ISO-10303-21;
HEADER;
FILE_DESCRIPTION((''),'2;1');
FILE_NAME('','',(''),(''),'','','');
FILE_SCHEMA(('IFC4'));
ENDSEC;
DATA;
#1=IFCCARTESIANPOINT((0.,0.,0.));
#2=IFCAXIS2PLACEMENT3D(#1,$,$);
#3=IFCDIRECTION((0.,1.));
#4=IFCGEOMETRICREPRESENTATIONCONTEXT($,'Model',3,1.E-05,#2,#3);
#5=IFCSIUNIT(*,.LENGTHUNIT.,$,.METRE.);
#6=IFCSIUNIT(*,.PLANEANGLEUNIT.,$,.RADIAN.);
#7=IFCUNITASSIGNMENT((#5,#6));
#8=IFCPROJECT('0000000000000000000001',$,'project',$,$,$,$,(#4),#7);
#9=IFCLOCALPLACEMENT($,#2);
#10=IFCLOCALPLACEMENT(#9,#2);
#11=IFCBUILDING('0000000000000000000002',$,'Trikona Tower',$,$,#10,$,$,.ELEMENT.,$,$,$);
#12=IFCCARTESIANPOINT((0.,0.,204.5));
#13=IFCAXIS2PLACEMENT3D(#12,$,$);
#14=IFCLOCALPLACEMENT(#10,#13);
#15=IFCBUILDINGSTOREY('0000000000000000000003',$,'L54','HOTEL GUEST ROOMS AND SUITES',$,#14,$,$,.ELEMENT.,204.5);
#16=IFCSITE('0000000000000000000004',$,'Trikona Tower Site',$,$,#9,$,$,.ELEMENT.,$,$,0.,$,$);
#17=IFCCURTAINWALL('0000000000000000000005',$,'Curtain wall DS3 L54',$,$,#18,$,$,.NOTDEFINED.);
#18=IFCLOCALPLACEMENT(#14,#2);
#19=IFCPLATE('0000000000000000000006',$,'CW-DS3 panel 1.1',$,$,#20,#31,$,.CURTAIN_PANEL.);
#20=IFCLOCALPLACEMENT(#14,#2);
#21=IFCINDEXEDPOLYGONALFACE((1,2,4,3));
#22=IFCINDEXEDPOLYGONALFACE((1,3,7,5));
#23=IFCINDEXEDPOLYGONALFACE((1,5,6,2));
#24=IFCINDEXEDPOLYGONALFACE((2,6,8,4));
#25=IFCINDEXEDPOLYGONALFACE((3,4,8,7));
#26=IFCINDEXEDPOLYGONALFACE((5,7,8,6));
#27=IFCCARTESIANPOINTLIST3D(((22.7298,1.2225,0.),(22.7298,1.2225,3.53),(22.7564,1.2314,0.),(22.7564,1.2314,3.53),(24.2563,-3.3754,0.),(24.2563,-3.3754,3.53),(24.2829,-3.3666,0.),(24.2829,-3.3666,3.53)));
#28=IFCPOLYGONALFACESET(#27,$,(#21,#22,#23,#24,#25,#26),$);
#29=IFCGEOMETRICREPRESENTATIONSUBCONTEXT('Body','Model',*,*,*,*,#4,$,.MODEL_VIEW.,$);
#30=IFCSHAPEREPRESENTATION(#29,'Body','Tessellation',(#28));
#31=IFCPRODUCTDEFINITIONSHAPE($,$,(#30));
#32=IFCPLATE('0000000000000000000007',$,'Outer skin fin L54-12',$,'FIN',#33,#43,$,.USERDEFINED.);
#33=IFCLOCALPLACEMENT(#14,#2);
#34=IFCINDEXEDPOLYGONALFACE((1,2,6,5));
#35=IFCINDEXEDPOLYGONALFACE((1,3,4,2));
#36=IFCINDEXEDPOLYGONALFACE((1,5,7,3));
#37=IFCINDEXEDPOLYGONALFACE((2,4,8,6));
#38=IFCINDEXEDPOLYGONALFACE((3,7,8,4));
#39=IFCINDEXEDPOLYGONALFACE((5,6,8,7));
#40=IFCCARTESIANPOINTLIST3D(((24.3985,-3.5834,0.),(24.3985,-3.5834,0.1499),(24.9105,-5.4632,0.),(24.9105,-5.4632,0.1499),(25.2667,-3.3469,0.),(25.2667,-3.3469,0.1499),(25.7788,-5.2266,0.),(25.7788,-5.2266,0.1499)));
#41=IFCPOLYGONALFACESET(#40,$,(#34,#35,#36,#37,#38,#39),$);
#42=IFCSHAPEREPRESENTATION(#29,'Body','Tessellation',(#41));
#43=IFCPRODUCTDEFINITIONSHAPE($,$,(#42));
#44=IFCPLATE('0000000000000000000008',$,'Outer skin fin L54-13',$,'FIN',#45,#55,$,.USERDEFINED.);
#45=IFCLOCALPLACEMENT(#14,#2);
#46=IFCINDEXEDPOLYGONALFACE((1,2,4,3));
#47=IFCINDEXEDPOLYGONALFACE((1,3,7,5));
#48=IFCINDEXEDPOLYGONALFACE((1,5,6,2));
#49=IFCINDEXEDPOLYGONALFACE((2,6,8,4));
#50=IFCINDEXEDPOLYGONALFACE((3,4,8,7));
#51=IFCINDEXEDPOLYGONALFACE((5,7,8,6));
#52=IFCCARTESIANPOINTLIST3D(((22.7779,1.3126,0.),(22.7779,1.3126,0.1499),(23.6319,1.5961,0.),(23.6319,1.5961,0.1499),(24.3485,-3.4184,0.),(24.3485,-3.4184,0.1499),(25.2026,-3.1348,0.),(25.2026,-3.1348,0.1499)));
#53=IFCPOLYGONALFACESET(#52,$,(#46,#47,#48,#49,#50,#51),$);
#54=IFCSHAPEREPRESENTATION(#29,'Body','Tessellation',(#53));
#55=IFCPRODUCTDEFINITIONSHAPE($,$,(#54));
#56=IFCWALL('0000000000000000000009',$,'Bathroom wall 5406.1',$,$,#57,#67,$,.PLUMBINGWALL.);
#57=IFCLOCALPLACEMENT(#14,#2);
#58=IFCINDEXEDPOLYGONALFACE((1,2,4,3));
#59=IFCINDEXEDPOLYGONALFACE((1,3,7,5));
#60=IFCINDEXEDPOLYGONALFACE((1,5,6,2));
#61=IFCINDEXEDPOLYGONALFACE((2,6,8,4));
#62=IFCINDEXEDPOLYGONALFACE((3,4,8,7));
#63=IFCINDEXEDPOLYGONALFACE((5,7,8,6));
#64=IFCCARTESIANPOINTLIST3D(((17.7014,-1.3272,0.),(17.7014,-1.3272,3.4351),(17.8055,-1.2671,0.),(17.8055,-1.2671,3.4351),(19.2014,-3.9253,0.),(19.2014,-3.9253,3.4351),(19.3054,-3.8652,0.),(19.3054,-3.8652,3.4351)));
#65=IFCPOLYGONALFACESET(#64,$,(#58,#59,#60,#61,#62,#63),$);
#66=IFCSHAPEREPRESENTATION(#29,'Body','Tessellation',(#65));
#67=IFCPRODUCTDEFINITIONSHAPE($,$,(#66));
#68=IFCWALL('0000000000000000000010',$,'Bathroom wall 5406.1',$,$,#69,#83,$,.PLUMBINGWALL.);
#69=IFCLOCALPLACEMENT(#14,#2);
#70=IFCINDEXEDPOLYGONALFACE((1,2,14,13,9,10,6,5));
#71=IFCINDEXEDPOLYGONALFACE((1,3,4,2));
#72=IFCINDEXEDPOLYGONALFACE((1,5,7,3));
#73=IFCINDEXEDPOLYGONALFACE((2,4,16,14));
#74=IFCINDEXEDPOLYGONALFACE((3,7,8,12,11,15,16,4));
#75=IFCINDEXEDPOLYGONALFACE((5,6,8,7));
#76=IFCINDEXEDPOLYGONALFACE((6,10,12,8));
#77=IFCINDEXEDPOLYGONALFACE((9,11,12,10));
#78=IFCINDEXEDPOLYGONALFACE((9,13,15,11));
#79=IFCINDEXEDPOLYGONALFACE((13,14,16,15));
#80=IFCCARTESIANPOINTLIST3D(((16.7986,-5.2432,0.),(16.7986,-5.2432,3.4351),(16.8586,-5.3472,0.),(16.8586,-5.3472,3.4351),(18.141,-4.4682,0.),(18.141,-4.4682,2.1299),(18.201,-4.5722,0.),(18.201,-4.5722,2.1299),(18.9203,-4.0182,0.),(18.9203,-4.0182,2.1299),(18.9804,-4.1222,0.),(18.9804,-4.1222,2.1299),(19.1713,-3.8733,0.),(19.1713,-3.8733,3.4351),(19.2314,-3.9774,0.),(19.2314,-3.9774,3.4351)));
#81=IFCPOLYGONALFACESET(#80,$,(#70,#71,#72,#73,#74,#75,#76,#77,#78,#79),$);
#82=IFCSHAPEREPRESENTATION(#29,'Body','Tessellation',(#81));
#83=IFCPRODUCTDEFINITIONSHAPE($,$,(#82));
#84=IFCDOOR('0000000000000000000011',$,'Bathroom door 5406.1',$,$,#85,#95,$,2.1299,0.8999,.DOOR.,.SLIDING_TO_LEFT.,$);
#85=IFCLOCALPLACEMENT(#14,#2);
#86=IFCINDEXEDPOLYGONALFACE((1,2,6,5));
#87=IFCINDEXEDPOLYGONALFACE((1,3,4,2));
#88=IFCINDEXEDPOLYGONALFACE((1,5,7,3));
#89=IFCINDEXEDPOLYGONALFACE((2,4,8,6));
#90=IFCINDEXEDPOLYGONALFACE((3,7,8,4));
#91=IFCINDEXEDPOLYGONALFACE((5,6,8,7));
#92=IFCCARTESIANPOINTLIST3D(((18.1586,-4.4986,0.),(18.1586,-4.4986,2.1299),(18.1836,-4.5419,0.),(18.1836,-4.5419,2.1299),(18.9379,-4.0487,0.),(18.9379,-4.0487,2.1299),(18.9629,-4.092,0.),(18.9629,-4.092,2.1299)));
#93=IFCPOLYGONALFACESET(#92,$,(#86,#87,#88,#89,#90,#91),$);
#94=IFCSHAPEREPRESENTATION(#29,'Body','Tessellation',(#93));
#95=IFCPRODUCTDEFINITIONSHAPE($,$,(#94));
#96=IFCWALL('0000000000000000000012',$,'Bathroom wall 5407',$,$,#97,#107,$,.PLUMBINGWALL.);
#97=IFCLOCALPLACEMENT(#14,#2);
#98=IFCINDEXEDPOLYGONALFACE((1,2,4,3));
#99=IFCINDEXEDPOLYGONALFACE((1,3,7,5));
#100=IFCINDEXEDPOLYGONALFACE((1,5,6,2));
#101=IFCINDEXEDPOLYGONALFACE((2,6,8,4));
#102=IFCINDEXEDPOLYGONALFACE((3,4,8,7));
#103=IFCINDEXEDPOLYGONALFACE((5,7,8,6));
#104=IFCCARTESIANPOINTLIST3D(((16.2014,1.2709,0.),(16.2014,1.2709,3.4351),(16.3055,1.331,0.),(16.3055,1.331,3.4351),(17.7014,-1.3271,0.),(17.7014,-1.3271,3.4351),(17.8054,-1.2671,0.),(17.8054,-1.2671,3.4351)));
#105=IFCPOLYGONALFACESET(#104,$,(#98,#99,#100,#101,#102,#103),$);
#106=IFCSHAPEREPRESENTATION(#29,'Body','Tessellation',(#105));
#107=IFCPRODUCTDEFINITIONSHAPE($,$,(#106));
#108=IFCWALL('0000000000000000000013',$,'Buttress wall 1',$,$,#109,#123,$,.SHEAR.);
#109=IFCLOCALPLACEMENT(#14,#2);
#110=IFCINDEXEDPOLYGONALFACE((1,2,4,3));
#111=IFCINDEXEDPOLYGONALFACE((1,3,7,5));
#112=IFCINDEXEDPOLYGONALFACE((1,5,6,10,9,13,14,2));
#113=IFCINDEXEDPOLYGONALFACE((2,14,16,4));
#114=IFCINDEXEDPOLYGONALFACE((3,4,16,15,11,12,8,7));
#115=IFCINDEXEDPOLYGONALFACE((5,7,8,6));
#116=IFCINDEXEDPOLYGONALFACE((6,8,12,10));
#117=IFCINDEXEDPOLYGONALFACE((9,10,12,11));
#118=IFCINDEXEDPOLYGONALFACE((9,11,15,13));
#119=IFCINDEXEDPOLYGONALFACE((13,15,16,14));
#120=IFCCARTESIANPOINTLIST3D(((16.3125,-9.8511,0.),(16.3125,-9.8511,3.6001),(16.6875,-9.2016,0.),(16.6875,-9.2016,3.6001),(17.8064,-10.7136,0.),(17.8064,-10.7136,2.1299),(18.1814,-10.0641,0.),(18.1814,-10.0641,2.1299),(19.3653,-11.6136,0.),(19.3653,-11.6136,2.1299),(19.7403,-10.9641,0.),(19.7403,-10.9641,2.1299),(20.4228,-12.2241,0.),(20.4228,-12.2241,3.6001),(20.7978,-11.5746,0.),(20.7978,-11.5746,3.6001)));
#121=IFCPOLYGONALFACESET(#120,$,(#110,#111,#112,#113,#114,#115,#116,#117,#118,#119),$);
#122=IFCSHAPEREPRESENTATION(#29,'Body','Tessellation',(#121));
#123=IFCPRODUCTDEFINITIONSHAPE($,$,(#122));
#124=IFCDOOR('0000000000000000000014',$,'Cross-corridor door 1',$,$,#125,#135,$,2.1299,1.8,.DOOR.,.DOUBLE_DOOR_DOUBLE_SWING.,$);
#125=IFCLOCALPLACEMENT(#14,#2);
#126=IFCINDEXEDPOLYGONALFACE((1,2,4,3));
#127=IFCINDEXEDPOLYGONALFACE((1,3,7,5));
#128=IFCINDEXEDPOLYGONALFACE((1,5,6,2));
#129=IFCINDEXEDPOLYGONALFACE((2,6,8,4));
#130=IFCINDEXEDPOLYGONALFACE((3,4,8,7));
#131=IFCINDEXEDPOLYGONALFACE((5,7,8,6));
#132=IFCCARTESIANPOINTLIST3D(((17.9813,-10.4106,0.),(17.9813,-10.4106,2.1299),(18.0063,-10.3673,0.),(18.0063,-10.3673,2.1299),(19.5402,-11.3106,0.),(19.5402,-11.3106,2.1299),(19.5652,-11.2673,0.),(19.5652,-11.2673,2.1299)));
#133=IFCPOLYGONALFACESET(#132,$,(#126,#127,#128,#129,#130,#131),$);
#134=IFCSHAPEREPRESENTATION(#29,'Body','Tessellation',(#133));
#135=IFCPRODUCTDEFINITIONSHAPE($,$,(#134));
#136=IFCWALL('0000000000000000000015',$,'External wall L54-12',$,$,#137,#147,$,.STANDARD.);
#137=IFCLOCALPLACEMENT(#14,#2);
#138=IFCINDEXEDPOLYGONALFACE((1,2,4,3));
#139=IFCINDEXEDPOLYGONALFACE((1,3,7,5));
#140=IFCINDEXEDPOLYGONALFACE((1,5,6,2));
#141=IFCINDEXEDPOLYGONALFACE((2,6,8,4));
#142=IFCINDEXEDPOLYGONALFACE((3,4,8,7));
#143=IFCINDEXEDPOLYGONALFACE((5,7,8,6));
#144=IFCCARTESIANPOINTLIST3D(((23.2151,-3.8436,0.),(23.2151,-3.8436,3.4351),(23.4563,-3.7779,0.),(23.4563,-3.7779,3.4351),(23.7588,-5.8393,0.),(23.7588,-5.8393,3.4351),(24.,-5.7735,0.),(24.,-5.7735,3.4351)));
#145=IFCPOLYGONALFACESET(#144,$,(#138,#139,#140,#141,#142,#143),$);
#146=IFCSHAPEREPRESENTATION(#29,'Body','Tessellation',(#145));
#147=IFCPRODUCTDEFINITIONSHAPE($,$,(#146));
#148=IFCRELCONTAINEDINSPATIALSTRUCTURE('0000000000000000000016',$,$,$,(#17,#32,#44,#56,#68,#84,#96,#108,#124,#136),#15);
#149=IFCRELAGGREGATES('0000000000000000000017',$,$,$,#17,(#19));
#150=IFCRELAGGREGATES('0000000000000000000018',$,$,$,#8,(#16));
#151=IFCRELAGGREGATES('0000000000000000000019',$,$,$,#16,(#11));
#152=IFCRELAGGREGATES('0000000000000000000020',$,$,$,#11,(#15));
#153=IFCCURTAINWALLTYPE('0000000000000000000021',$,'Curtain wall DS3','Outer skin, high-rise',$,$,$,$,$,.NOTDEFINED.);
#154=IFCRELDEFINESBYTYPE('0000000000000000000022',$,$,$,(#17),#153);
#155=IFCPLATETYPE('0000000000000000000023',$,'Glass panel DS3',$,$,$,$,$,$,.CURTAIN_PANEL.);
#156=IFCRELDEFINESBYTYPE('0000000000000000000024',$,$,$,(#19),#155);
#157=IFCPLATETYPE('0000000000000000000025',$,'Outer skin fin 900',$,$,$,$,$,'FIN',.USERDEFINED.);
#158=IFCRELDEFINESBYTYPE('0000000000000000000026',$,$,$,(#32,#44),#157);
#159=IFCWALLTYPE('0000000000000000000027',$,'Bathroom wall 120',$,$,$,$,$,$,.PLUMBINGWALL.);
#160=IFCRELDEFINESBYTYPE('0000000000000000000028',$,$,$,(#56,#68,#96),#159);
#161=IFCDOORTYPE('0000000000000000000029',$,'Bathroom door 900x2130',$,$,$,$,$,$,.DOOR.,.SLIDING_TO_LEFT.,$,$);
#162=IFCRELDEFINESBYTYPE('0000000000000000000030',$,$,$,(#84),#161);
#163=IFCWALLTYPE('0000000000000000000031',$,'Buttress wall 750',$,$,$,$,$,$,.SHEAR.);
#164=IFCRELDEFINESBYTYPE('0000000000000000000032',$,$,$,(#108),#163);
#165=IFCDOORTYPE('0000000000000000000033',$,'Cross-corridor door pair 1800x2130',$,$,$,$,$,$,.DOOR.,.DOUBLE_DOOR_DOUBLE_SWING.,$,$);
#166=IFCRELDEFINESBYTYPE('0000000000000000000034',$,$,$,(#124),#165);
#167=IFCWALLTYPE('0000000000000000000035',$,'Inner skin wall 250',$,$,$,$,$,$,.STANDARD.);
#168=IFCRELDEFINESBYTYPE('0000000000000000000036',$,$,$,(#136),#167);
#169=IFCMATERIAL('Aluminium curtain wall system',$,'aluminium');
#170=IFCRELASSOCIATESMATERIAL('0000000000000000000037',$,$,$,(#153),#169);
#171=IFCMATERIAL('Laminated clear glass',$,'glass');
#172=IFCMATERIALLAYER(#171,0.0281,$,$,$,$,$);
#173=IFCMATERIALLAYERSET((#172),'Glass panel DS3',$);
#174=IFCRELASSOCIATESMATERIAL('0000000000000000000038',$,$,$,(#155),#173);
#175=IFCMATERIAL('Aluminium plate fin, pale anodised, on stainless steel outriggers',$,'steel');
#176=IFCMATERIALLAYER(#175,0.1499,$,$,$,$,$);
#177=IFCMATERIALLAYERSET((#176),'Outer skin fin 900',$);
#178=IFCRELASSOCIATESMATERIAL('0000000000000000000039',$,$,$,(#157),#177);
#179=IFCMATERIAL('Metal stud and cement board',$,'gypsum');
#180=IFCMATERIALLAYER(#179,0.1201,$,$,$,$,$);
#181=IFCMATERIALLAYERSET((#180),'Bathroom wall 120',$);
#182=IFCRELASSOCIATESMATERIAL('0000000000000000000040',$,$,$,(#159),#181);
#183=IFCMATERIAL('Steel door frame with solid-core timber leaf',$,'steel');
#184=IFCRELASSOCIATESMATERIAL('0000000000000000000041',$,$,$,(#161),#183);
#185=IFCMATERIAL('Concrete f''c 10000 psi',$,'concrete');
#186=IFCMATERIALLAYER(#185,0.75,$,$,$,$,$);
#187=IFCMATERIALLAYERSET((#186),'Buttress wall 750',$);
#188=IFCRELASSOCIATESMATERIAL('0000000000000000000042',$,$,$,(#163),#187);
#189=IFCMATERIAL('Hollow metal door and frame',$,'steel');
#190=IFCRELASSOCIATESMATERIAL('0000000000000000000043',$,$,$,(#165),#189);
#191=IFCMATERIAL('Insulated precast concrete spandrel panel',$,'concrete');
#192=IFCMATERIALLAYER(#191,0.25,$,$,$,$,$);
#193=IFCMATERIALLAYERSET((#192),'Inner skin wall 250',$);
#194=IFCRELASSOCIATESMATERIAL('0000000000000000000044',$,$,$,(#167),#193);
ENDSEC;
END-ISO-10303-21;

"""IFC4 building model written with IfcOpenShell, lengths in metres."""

from ifc_helpers import new_model, si_unit, direction, frame, frame_2d, origin, origin_2d, place, context, subcontext, project, spatial, rectangle, extrude, material, layer, layer_set, type_object, element, fill, aggregate, save


model = new_model("IFC4")

# Units and contexts
model_context = context("Model", 3, precision=1e-05, world=origin(), true_north=direction((0.0, 1.0)))
body_context = subcontext(model_context, "Body", "Model", "MODEL_VIEW")
ifc_project = project(units=[si_unit("LENGTHUNIT", "METRE"), si_unit("PLANEANGLEUNIT", "RADIAN")], contexts=[model_context])

# Site, building, storey
site_placement = place(None, origin())
site = spatial("IfcSite", under=ifc_project, at=site_placement, Name="Trikona Tower Site", CompositionType="ELEMENT", RefElevation=0.0)
building_placement = place(site_placement, origin())
building = spatial("IfcBuilding", under=site, at=building_placement, Name="Trikona Tower", CompositionType="ELEMENT")
storey_placement = place(building_placement, frame((0.0, 0.0, 204.5)))
storey = spatial("IfcBuildingStorey", under=building, at=storey_placement, Name="L54", Description="HOTEL GUEST ROOMS AND SUITES", CompositionType="ELEMENT", Elevation=204.5)

# Shared definitions
ifc_material_1 = material(Name="Aluminium curtain wall system", Category="aluminium")
curtain_wall_type = type_object("IfcCurtainWallType", Name="Curtain wall DS3", Description="Outer skin, high-rise", PredefinedType="NOTDEFINED", material=ifc_material_1)

# Curtain wall
curtain_wall_1_placement = place(storey_placement, origin())
curtain_wall_1 = element("IfcCurtainWall", 1, at=curtain_wall_1_placement, inside=storey, type_object=curtain_wall_type, Name="Curtain wall DS3 L54", PredefinedType="NOTDEFINED")

# Plate
ifc_material_2 = material(Name="Laminated clear glass", Category="glass")
ifc_layer_1 = layer(ifc_material_2, 0.0281)
ifc_layer_set_1 = layer_set([ifc_layer_1], Name="Glass panel DS3")
plate_type_1 = type_object("IfcPlateType", Name="Glass panel DS3", PredefinedType="CURTAIN_PANEL", material=ifc_layer_set_1)
plate_1_placement = place(storey_placement, frame((23.5063, -1.072, 0.0), z_axis=(0.0, 0.0, 1.0), x_axis=(-0.315078, 0.949066, 0.0)))
plate_1 = element("IfcPlate", 2, at=plate_1_placement, type_object=plate_type_1, Name="CW-DS3 panel 1.1", PredefinedType="CURTAIN_PANEL", context=body_context, shape_type="SweptSolid", body=[
    extrude(rectangle(XDim=4.8447, YDim=0.0281, at=origin_2d()), origin(), (0.0, 0.0, 1.0), 3.53),
])
aggregate(curtain_wall_1, [plate_1])

# Plates
ifc_material_3 = material(Name="Aluminium plate fin, pale anodised, on stainless steel outriggers", Category="steel")
ifc_layer_2 = layer(ifc_material_3, 0.1499)
ifc_layer_set_2 = layer_set([ifc_layer_2], Name="Outer skin fin 900")
plate_type_2 = type_object("IfcPlateType", Name="Outer skin fin 900", ElementType="FIN", PredefinedType="USERDEFINED", material=ifc_layer_set_2)
plate_2_placement = place(storey_placement, frame((25.0886, -4.405, 0.0), z_axis=(0.0, 0.0, 1.0), x_axis=(-0.262822, 0.964844, 0.0)))
element("IfcPlate", 3, at=plate_2_placement, inside=storey, type_object=plate_type_2, Name="Outer skin fin L54-12", ObjectType="FIN", PredefinedType="USERDEFINED", context=body_context, shape_type="SweptSolid", body=[
    extrude(rectangle(XDim=1.9482, YDim=0.8999, at=origin_2d()), origin(), (0.0, 0.0, 1.0), 0.1499),
])
plate_3_placement = place(storey_placement, frame((23.9902, -0.9111, 0.0), z_axis=(0.0, 0.0, 1.0), x_axis=(-0.315093, 0.949061, 0.0)))
element("IfcPlate", 4, at=plate_3_placement, inside=storey, type_object=plate_type_2, Name="Outer skin fin L54-13", ObjectType="FIN", PredefinedType="USERDEFINED", context=body_context, shape_type="SweptSolid", body=[
    extrude(rectangle(XDim=4.9849, YDim=0.8999, at=origin_2d()), origin(), (0.0, 0.0, 1.0), 0.1499),
])

# Wall
ifc_material_4 = material(Name="Metal stud and cement board", Category="gypsum")
ifc_layer_3 = layer(ifc_material_4, 0.1201)
ifc_layer_set_3 = layer_set([ifc_layer_3], Name="Bathroom wall 120")
wall_type_1 = type_object("IfcWallType", Name="Bathroom wall 120", PredefinedType="PLUMBINGWALL", material=ifc_layer_set_3)
wall_1_placement = place(storey_placement, frame((19.2534, -3.8953, 0.0), z_axis=(0.0, 0.0, 1.0), x_axis=(-0.49999, 0.866031, 0.0)))
element("IfcWall", 5, at=wall_1_placement, inside=storey, type_object=wall_type_1, Name="Bathroom wall 5406.1", PredefinedType="PLUMBINGWALL", context=body_context, shape_type="SweptSolid", body=[
    extrude(rectangle(XDim=3.0, YDim=0.1201, at=frame_2d((1.5, 0.0))), origin(), (0.0, 0.0, 1.0), 3.4351),
])

# Wall, opening, door
wall_2_placement = place(storey_placement, frame((16.8286, -5.2952, 0.0), z_axis=(0.0, 0.0, 1.0), x_axis=(0.866036, 0.499982, 0.0)))
wall_2 = element("IfcWall", 6, at=wall_2_placement, inside=storey, type_object=wall_type_1, Name="Bathroom wall 5406.1", PredefinedType="PLUMBINGWALL", context=body_context, shape_type="SweptSolid", body=[
    extrude(rectangle(XDim=2.7397, YDim=0.1201, at=frame_2d((1.3699, 0.0))), origin(), (0.0, 0.0, 1.0), 3.4351),
])
opening_1_placement = place(wall_2_placement, frame((1.55, 0.0, 0.0)))
opening_1 = element("IfcOpeningElement", 7, at=opening_1_placement, cuts=wall_2, PredefinedType="OPENING", context=body_context, shape_type="SweptSolid", body=[
    extrude(rectangle(XDim=0.8999, YDim=2.1299, at=frame_2d((0.45, 1.0649))), frame((0.0, 0.0701, 0.0), z_axis=(0.0, -1.0, 0.0), x_axis=(1.0, 0.0, 0.0)), (0.0, 0.0, 1.0), 0.1401),
])
ifc_material_5 = material(Name="Steel door frame with solid-core timber leaf", Category="steel")
door_type_1 = type_object("IfcDoorType", Name="Bathroom door 900x2130", OperationType="SLIDING_TO_LEFT", PredefinedType="DOOR", material=ifc_material_5)
door_1_placement = place(opening_1_placement, origin())
door_1 = element("IfcDoor", 8, at=door_1_placement, inside=storey, type_object=door_type_1, Name="Bathroom door 5406.1", OperationType="SLIDING_TO_LEFT", OverallHeight=2.1299, OverallWidth=0.8999, PredefinedType="DOOR", context=body_context, shape_type="SweptSolid", body=[
    extrude(rectangle(XDim=0.8999, YDim=2.1299, at=frame_2d((0.45, 1.0649))), frame((0.0, 0.0249, 0.0), z_axis=(0.0, -1.0, 0.0), x_axis=(1.0, 0.0, 0.0)), (0.0, 0.0, 1.0), 0.05),
])
fill(opening_1, door_1)

# Wall
wall_3_placement = place(storey_placement, frame((17.7534, -1.2971, 0.0), z_axis=(0.0, 0.0, 1.0), x_axis=(-0.49999, 0.866031, 0.0)))
element("IfcWall", 9, at=wall_3_placement, inside=storey, type_object=wall_type_1, Name="Bathroom wall 5407", PredefinedType="PLUMBINGWALL", context=body_context, shape_type="SweptSolid", body=[
    extrude(rectangle(XDim=3.0, YDim=0.1201, at=frame_2d((1.5, 0.0))), origin(), (0.0, 0.0, 1.0), 3.4351),
])

# Wall, opening, door
ifc_material_6 = material(Name="Concrete f'c 10000 psi", Category="concrete")
ifc_layer_4 = layer(ifc_material_6, 0.75)
ifc_layer_set_4 = layer_set([ifc_layer_4], Name="Buttress wall 750")
wall_type_2 = type_object("IfcWallType", Name="Buttress wall 750", PredefinedType="SHEAR", material=ifc_layer_set_4)
wall_4_placement = place(storey_placement, frame((16.5, -9.5264, 0.0), z_axis=(0.0, 0.0, 1.0), x_axis=(0.866031, -0.49999, 0.0)))
wall_4 = element("IfcWall", 10, at=wall_4_placement, inside=storey, type_object=wall_type_2, Name="Buttress wall 1", PredefinedType="SHEAR", context=body_context, shape_type="SweptSolid", body=[
    extrude(rectangle(XDim=4.7461, YDim=0.75, at=frame_2d((2.373, 0.0))), origin(), (0.0, 0.0, 1.0), 3.6001),
])
opening_2_placement = place(wall_4_placement, frame((1.7251, 0.0, 0.0)))
opening_2 = element("IfcOpeningElement", 11, at=opening_2_placement, cuts=wall_4, PredefinedType="OPENING", context=body_context, shape_type="SweptSolid", body=[
    extrude(rectangle(XDim=1.8, YDim=2.1299, at=frame_2d((0.8999, 1.0649))), frame((0.0, 0.385, 0.0), z_axis=(0.0, -1.0, 0.0), x_axis=(1.0, 0.0, 0.0)), (0.0, 0.0, 1.0), 0.77),
])
ifc_material_7 = material(Name="Hollow metal door and frame", Category="steel")
door_type_2 = type_object("IfcDoorType", Name="Cross-corridor door pair 1800x2130", OperationType="DOUBLE_DOOR_DOUBLE_SWING", PredefinedType="DOOR", material=ifc_material_7)
door_2_placement = place(opening_2_placement, origin())
door_2 = element("IfcDoor", 12, at=door_2_placement, inside=storey, type_object=door_type_2, Name="Cross-corridor door 1", OperationType="DOUBLE_DOOR_DOUBLE_SWING", OverallHeight=2.1299, OverallWidth=1.8, PredefinedType="DOOR", context=body_context, shape_type="SweptSolid", body=[
    extrude(rectangle(XDim=1.8, YDim=2.1299, at=frame_2d((0.8999, 1.0649))), frame((0.0, 0.0249, 0.0), z_axis=(0.0, -1.0, 0.0), x_axis=(1.0, 0.0, 0.0)), (0.0, 0.0, 1.0), 0.05),
])
fill(opening_2, door_2)

# Wall
ifc_material_8 = material(Name="Insulated precast concrete spandrel panel", Category="concrete")
ifc_layer_5 = layer(ifc_material_8, 0.25)
ifc_layer_set_5 = layer_set([ifc_layer_5], Name="Inner skin wall 250")
wall_type_3 = type_object("IfcWallType", Name="Inner skin wall 250", PredefinedType="STANDARD", material=ifc_layer_set_5)
wall_5_placement = place(storey_placement, frame((23.8794, -5.8064, 0.0), z_axis=(0.0, 0.0, 1.0), x_axis=(-0.262868, 0.964832, 0.0)))
element("IfcWall", 13, at=wall_5_placement, inside=storey, type_object=wall_type_3, Name="External wall L54-12", PredefinedType="STANDARD", context=body_context, shape_type="SweptSolid", body=[
    extrude(rectangle(XDim=2.0684, YDim=0.25, at=frame_2d((1.0342, 0.0))), origin(), (0.0, 0.0, 1.0), 3.4351),
])

save(model, "model.ifc")
